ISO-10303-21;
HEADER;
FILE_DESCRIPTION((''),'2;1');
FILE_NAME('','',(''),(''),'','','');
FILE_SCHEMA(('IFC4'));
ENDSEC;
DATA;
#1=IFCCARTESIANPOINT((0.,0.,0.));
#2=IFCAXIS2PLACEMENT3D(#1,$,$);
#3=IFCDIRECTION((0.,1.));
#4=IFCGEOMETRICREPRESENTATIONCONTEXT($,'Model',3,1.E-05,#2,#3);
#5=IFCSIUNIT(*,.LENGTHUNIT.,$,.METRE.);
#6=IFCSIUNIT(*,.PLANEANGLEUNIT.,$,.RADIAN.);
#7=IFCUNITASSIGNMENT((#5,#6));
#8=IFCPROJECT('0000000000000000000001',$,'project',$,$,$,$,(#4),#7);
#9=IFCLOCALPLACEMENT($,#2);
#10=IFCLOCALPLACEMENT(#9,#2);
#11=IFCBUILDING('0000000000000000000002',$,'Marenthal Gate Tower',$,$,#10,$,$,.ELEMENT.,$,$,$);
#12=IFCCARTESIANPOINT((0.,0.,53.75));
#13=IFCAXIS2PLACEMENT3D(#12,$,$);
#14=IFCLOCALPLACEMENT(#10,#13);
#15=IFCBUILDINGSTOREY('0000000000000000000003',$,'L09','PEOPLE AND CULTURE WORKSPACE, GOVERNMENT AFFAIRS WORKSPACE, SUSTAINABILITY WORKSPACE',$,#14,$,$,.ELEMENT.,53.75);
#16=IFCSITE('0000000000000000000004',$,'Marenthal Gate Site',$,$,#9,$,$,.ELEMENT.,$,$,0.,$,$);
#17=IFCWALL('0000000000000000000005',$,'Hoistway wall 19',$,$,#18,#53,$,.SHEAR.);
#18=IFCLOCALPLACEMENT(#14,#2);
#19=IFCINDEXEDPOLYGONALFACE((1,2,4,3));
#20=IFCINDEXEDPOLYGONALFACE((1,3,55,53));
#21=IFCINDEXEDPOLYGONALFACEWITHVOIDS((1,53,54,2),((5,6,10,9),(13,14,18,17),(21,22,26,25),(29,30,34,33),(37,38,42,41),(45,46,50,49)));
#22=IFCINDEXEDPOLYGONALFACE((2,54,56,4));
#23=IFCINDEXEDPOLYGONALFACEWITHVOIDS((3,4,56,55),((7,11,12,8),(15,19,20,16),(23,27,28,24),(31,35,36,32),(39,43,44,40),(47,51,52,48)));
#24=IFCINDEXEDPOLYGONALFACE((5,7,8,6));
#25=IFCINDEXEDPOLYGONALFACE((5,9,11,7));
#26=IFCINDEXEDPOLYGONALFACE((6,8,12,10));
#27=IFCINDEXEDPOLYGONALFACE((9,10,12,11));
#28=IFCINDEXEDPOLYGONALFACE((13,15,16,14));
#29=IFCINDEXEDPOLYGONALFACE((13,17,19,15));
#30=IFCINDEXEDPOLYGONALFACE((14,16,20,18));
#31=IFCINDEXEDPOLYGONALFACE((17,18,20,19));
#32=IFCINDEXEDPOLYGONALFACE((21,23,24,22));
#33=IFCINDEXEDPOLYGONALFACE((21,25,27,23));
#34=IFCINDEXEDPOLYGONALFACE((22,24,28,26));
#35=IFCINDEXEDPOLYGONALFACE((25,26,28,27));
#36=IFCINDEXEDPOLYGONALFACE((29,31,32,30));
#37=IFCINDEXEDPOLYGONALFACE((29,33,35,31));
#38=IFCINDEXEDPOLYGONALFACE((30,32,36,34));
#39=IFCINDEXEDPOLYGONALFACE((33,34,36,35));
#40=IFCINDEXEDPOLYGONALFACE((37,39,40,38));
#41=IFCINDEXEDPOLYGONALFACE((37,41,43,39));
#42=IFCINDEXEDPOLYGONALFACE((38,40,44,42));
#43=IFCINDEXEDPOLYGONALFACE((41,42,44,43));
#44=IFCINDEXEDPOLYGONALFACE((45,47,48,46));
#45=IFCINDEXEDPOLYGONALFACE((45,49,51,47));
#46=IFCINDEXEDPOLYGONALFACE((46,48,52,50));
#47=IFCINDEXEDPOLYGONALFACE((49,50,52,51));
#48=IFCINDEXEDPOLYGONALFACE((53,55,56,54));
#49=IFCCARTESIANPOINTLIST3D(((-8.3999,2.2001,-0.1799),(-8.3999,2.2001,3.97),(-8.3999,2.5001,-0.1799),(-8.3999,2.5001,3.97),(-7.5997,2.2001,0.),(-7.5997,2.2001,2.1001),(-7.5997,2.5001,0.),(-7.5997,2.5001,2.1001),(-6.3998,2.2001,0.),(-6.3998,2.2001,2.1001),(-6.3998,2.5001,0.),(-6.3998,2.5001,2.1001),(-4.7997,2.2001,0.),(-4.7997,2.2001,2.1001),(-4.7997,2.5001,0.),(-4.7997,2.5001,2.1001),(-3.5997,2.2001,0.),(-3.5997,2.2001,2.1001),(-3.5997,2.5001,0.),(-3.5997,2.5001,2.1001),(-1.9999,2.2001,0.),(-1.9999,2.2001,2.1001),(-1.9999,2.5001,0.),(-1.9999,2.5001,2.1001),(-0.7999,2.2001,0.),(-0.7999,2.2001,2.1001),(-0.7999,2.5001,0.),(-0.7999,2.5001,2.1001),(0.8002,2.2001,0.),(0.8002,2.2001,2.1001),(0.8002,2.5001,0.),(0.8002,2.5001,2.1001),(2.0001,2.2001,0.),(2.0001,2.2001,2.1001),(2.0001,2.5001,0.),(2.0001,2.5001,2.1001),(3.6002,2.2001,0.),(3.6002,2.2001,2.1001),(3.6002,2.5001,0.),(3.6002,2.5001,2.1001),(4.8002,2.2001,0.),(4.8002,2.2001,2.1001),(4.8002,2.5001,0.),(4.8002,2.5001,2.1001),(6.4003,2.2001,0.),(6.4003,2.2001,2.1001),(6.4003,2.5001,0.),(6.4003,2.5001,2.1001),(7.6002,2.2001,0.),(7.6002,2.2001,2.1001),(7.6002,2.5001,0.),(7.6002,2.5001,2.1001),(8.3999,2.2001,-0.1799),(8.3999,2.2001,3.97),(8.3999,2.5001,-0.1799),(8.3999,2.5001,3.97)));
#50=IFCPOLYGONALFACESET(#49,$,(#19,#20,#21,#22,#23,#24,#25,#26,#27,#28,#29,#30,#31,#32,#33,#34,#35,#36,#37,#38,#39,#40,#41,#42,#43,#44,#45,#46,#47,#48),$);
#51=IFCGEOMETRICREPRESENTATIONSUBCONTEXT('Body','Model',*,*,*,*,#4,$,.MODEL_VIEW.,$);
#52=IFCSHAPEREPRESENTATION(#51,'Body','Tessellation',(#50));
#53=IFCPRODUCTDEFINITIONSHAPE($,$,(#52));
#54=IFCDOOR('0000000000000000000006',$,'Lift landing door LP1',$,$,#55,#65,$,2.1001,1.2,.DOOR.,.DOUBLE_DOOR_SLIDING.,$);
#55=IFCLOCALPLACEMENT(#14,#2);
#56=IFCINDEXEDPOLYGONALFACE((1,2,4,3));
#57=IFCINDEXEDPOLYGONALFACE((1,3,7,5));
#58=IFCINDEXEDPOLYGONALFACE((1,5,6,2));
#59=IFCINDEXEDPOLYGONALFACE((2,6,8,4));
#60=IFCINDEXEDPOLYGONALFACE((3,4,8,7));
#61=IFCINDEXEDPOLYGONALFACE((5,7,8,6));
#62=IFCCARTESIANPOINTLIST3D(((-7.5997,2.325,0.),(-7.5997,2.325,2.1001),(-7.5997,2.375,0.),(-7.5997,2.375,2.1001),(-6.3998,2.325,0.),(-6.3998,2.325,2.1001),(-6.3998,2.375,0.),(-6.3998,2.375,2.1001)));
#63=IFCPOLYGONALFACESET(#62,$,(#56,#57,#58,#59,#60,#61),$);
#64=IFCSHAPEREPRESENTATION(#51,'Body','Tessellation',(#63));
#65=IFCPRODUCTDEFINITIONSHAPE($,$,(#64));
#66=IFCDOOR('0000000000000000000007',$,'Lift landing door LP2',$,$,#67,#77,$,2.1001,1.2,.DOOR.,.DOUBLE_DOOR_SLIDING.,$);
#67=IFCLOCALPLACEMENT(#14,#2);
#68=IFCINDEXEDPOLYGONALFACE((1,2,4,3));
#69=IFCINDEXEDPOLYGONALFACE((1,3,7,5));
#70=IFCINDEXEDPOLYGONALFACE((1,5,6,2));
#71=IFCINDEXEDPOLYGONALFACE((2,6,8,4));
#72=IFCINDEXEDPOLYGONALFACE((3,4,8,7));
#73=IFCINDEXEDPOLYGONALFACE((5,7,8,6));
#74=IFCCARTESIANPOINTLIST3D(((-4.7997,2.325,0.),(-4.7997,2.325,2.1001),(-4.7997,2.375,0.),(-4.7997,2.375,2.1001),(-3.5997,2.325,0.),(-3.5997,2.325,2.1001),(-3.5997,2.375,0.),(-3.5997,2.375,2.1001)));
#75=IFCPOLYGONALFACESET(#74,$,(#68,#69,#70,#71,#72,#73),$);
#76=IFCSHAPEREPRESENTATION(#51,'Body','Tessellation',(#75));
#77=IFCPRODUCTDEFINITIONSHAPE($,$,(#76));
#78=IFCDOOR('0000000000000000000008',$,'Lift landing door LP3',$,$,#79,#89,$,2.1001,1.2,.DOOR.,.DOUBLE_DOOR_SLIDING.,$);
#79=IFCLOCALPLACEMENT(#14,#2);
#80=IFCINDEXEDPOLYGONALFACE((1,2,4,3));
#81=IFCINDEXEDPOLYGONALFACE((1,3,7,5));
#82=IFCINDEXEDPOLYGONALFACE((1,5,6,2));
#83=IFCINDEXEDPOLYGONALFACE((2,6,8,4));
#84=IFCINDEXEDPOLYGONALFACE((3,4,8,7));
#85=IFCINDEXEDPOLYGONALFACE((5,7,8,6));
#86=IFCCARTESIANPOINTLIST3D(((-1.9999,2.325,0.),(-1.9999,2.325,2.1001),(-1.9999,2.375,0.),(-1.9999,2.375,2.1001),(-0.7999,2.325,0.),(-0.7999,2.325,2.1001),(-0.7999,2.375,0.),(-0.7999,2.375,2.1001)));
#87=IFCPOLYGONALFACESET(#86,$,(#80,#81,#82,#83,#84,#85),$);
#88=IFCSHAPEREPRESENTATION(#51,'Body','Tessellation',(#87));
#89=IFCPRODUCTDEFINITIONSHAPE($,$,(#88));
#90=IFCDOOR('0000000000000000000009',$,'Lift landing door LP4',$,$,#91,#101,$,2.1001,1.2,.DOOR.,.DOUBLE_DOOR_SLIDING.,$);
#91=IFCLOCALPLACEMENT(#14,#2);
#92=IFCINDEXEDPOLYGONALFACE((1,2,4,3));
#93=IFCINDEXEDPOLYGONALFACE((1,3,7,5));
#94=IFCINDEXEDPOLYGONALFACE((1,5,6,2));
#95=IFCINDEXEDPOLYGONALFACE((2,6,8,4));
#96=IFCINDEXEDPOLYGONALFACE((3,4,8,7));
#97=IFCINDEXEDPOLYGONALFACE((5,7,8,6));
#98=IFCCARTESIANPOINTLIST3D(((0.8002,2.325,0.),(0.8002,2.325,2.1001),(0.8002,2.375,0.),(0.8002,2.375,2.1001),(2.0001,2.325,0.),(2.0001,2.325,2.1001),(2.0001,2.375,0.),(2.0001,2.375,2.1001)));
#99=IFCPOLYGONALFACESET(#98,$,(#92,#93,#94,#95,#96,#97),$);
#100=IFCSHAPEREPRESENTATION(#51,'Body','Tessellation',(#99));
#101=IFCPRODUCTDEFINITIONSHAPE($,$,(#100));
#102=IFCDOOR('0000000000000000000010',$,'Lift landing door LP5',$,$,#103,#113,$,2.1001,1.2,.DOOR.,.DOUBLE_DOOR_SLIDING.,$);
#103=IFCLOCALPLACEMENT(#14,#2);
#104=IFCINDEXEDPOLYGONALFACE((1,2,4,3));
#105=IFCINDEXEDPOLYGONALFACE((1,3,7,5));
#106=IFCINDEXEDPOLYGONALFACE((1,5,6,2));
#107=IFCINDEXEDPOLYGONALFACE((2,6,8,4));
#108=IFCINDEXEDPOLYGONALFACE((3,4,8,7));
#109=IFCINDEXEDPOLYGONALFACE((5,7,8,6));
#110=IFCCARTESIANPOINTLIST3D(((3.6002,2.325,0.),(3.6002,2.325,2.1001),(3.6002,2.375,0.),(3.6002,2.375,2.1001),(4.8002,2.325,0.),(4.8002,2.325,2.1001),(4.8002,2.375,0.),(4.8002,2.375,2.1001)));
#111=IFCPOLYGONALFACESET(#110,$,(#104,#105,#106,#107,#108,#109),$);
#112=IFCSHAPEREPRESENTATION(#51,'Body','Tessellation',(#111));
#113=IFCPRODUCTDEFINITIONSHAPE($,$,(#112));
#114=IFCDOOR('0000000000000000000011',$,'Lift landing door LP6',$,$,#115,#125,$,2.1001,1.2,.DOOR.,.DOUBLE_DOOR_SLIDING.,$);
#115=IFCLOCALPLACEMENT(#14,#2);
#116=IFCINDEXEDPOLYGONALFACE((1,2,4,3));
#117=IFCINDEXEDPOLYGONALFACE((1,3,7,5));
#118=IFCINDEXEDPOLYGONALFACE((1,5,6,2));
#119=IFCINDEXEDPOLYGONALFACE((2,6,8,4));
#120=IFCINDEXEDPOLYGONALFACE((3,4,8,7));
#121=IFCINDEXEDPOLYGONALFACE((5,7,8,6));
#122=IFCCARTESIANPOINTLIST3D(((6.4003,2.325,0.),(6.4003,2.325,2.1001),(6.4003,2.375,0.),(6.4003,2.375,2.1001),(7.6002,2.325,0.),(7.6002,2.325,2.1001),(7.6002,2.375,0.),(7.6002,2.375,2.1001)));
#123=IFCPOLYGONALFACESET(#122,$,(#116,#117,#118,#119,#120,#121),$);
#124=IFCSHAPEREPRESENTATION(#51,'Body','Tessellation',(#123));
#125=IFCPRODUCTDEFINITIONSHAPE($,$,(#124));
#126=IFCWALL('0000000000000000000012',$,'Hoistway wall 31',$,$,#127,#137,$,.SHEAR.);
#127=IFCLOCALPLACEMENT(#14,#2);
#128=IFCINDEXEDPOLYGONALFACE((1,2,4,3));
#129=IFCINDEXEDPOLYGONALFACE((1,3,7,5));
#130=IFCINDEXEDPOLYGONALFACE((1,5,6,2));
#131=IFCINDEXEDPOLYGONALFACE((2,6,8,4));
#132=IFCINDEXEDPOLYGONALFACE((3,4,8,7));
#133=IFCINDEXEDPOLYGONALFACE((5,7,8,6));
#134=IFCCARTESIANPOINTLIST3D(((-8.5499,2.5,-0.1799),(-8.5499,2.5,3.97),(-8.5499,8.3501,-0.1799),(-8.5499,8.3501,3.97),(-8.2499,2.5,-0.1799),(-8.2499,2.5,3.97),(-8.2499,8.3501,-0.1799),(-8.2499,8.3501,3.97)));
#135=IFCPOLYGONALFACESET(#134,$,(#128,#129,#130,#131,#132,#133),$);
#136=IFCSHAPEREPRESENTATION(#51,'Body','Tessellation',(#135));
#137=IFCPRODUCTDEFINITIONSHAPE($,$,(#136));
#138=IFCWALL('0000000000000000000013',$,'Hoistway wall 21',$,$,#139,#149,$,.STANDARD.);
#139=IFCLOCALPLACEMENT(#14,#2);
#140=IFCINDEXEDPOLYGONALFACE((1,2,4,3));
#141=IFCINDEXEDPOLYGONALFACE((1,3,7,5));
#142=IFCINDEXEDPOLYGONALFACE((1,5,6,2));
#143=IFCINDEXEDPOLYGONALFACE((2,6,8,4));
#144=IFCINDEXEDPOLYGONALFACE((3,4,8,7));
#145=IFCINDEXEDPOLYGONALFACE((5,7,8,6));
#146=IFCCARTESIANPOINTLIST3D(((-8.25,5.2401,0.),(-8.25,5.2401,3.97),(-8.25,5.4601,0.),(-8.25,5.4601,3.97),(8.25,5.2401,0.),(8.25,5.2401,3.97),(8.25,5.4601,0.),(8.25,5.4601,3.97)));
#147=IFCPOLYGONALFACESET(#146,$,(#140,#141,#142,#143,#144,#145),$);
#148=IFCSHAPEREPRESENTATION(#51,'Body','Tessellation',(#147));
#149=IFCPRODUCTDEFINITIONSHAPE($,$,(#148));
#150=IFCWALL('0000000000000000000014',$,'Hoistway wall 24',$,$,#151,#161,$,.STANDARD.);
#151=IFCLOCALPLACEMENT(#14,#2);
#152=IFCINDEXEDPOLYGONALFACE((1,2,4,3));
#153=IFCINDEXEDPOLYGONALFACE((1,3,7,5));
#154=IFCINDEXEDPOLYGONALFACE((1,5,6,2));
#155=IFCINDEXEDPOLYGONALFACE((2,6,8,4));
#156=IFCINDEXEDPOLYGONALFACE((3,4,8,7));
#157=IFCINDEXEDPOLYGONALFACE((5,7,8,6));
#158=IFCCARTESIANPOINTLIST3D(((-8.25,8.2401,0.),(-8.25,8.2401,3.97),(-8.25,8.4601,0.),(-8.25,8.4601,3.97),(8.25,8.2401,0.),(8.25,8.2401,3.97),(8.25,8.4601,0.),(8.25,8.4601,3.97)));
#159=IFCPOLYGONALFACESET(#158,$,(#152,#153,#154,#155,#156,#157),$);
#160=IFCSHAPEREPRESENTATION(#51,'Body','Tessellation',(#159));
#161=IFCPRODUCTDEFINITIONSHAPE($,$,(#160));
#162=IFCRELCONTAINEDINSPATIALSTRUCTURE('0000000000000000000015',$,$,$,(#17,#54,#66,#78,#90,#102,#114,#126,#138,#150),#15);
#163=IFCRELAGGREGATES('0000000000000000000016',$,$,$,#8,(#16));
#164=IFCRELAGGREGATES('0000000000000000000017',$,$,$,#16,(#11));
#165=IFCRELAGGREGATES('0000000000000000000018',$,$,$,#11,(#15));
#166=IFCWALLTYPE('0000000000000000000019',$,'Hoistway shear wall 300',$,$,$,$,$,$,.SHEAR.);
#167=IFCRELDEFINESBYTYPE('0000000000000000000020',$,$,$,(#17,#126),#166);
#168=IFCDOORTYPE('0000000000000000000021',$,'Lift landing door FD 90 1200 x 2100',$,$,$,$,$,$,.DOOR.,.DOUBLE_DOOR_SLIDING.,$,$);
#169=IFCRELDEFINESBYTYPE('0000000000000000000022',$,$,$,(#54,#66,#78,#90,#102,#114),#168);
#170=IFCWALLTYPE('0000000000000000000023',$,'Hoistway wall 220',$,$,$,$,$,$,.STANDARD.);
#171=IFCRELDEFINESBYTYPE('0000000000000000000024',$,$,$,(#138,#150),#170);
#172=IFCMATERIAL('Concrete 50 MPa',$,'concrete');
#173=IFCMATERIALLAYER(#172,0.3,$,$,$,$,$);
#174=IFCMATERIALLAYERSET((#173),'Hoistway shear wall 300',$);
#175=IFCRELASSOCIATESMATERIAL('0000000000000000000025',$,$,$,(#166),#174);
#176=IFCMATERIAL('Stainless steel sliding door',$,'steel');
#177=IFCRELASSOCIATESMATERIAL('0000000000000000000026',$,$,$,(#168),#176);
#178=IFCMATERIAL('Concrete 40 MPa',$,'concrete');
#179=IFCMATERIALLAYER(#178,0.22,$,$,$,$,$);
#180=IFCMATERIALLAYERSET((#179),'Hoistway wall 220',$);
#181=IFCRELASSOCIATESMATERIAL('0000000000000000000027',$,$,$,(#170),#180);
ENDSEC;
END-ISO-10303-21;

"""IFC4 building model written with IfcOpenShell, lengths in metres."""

from ifc_helpers import new_model, si_unit, direction, frame, frame_2d, origin, place, context, subcontext, project, spatial, rectangle, extrude, material, layer, layer_set, type_object, element, fill, save


model = new_model("IFC4")

# Units and contexts
model_context = context("Model", 3, precision=1e-05, world=origin(), true_north=direction((0.0, 1.0)))
body_context = subcontext(model_context, "Body", "Model", "MODEL_VIEW")
ifc_project = project(units=[si_unit("LENGTHUNIT", "METRE"), si_unit("PLANEANGLEUNIT", "RADIAN")], contexts=[model_context])

# Site, building, storey
site_placement = place(None, origin())
site = spatial("IfcSite", under=ifc_project, at=site_placement, Name="Marenthal Gate Site", CompositionType="ELEMENT", RefElevation=0.0)
building_placement = place(site_placement, origin())
building = spatial("IfcBuilding", under=site, at=building_placement, Name="Marenthal Gate Tower", CompositionType="ELEMENT")
storey_placement = place(building_placement, frame((0.0, 0.0, 53.75)))
storey = spatial("IfcBuildingStorey", under=building, at=storey_placement, Name="L09", Description="PEOPLE AND CULTURE WORKSPACE, GOVERNMENT AFFAIRS WORKSPACE, SUSTAINABILITY WORKSPACE", CompositionType="ELEMENT", Elevation=53.75)

# Wall, openings, doors
ifc_material_1 = material(Name="Concrete 50 MPa", Category="concrete")
ifc_layer_1 = layer(ifc_material_1, 0.3)
ifc_layer_set_1 = layer_set([ifc_layer_1], Name="Hoistway shear wall 300")
wall_type_1 = type_object("IfcWallType", Name="Hoistway shear wall 300", PredefinedType="SHEAR", material=ifc_layer_set_1)
wall_1_placement = place(storey_placement, frame((-8.3999, 2.3501, -0.1799), z_axis=(0.0, 0.0, 1.0), x_axis=(1.0, 0.0, 0.0)))
wall_1 = element("IfcWall", 1, at=wall_1_placement, inside=storey, type_object=wall_type_1, Name="Hoistway wall 19", PredefinedType="SHEAR", context=body_context, shape_type="SweptSolid", body=[
    extrude(rectangle(XDim=16.7998, YDim=0.3, at=frame_2d((8.3999, 0.0))), origin(), (0.0, 0.0, 1.0), 4.1499),
])
opening_1_placement = place(wall_1_placement, frame((0.8, 0.0, 0.1799)))
opening_1 = element("IfcOpeningElement", 2, at=opening_1_placement, cuts=wall_1, PredefinedType="OPENING", context=body_context, shape_type="SweptSolid", body=[
    extrude(rectangle(XDim=1.2, YDim=2.1001, at=frame_2d((0.6001, 1.05))), frame((0.0, 0.1602, 0.0), z_axis=(0.0, -1.0, 0.0), x_axis=(1.0, 0.0, 0.0)), (0.0, 0.0, 1.0), 0.3201),
])
opening_2_placement = place(wall_1_placement, frame((3.6001, 0.0, 0.1799)))
opening_2 = element("IfcOpeningElement", 3, at=opening_2_placement, cuts=wall_1, PredefinedType="OPENING", context=body_context, shape_type="SweptSolid", body=[
    extrude(rectangle(XDim=1.2, YDim=2.1001, at=frame_2d((0.6001, 1.05))), frame((0.0, 0.1602, 0.0), z_axis=(0.0, -1.0, 0.0), x_axis=(1.0, 0.0, 0.0)), (0.0, 0.0, 1.0), 0.3201),
])
opening_3_placement = place(wall_1_placement, frame((6.3999, 0.0, 0.1799)))
opening_3 = element("IfcOpeningElement", 4, at=opening_3_placement, cuts=wall_1, PredefinedType="OPENING", context=body_context, shape_type="SweptSolid", body=[
    extrude(rectangle(XDim=1.2, YDim=2.1001, at=frame_2d((0.6001, 1.05))), frame((0.0, 0.1602, 0.0), z_axis=(0.0, -1.0, 0.0), x_axis=(1.0, 0.0, 0.0)), (0.0, 0.0, 1.0), 0.3201),
])
opening_4_placement = place(wall_1_placement, frame((9.2, 0.0, 0.1799)))
opening_4 = element("IfcOpeningElement", 5, at=opening_4_placement, cuts=wall_1, PredefinedType="OPENING", context=body_context, shape_type="SweptSolid", body=[
    extrude(rectangle(XDim=1.2, YDim=2.1001, at=frame_2d((0.6001, 1.05))), frame((0.0, 0.1602, 0.0), z_axis=(0.0, -1.0, 0.0), x_axis=(1.0, 0.0, 0.0)), (0.0, 0.0, 1.0), 0.3201),
])
opening_5_placement = place(wall_1_placement, frame((12.0, 0.0, 0.1799)))
opening_5 = element("IfcOpeningElement", 6, at=opening_5_placement, cuts=wall_1, PredefinedType="OPENING", context=body_context, shape_type="SweptSolid", body=[
    extrude(rectangle(XDim=1.2, YDim=2.1001, at=frame_2d((0.6001, 1.05))), frame((0.0, 0.1602, 0.0), z_axis=(0.0, -1.0, 0.0), x_axis=(1.0, 0.0, 0.0)), (0.0, 0.0, 1.0), 0.3201),
])
opening_6_placement = place(wall_1_placement, frame((14.8, 0.0, 0.1799)))
opening_6 = element("IfcOpeningElement", 7, at=opening_6_placement, cuts=wall_1, PredefinedType="OPENING", context=body_context, shape_type="SweptSolid", body=[
    extrude(rectangle(XDim=1.2, YDim=2.1001, at=frame_2d((0.6001, 1.05))), frame((0.0, 0.1602, 0.0), z_axis=(0.0, -1.0, 0.0), x_axis=(1.0, 0.0, 0.0)), (0.0, 0.0, 1.0), 0.3201),
])
ifc_material_2 = material(Name="Stainless steel sliding door", Category="steel")
door_type_1 = type_object("IfcDoorType", Name="Lift landing door FD 90 1200 x 2100", OperationType="DOUBLE_DOOR_SLIDING", PredefinedType="DOOR", material=ifc_material_2)
door_1_placement = place(opening_1_placement, origin())
door_1 = element("IfcDoor", 8, at=door_1_placement, inside=storey, type_object=door_type_1, Name="Lift landing door LP1", OperationType="DOUBLE_DOOR_SLIDING", OverallHeight=2.1001, OverallWidth=1.2, PredefinedType="DOOR", context=body_context, shape_type="SweptSolid", body=[
    extrude(rectangle(XDim=1.2, YDim=2.1001, at=frame_2d((0.6001, 1.05))), frame((0.0, 0.0249, 0.0), z_axis=(0.0, -1.0, 0.0), x_axis=(1.0, 0.0, 0.0)), (0.0, 0.0, 1.0), 0.05),
])
fill(opening_1, door_1)
door_2_placement = place(opening_2_placement, origin())
door_2 = element("IfcDoor", 9, at=door_2_placement, inside=storey, type_object=door_type_1, Name="Lift landing door LP2", OperationType="DOUBLE_DOOR_SLIDING", OverallHeight=2.1001, OverallWidth=1.2, PredefinedType="DOOR", context=body_context, shape_type="SweptSolid", body=[
    extrude(rectangle(XDim=1.2, YDim=2.1001, at=frame_2d((0.6001, 1.05))), frame((0.0, 0.0249, 0.0), z_axis=(0.0, -1.0, 0.0), x_axis=(1.0, 0.0, 0.0)), (0.0, 0.0, 1.0), 0.05),
])
fill(opening_2, door_2)
door_3_placement = place(opening_3_placement, origin())
door_3 = element("IfcDoor", 10, at=door_3_placement, inside=storey, type_object=door_type_1, Name="Lift landing door LP3", OperationType="DOUBLE_DOOR_SLIDING", OverallHeight=2.1001, OverallWidth=1.2, PredefinedType="DOOR", context=body_context, shape_type="SweptSolid", body=[
    extrude(rectangle(XDim=1.2, YDim=2.1001, at=frame_2d((0.6001, 1.05))), frame((0.0, 0.0249, 0.0), z_axis=(0.0, -1.0, 0.0), x_axis=(1.0, 0.0, 0.0)), (0.0, 0.0, 1.0), 0.05),
])
fill(opening_3, door_3)
door_4_placement = place(opening_4_placement, origin())
door_4 = element("IfcDoor", 11, at=door_4_placement, inside=storey, type_object=door_type_1, Name="Lift landing door LP4", OperationType="DOUBLE_DOOR_SLIDING", OverallHeight=2.1001, OverallWidth=1.2, PredefinedType="DOOR", context=body_context, shape_type="SweptSolid", body=[
    extrude(rectangle(XDim=1.2, YDim=2.1001, at=frame_2d((0.6001, 1.05))), frame((0.0, 0.0249, 0.0), z_axis=(0.0, -1.0, 0.0), x_axis=(1.0, 0.0, 0.0)), (0.0, 0.0, 1.0), 0.05),
])
fill(opening_4, door_4)
door_5_placement = place(opening_5_placement, origin())
door_5 = element("IfcDoor", 12, at=door_5_placement, inside=storey, type_object=door_type_1, Name="Lift landing door LP5", OperationType="DOUBLE_DOOR_SLIDING", OverallHeight=2.1001, OverallWidth=1.2, PredefinedType="DOOR", context=body_context, shape_type="SweptSolid", body=[
    extrude(rectangle(XDim=1.2, YDim=2.1001, at=frame_2d((0.6001, 1.05))), frame((0.0, 0.0249, 0.0), z_axis=(0.0, -1.0, 0.0), x_axis=(1.0, 0.0, 0.0)), (0.0, 0.0, 1.0), 0.05),
])
fill(opening_5, door_5)
door_6_placement = place(opening_6_placement, origin())
door_6 = element("IfcDoor", 13, at=door_6_placement, inside=storey, type_object=door_type_1, Name="Lift landing door LP6", OperationType="DOUBLE_DOOR_SLIDING", OverallHeight=2.1001, OverallWidth=1.2, PredefinedType="DOOR", context=body_context, shape_type="SweptSolid", body=[
    extrude(rectangle(XDim=1.2, YDim=2.1001, at=frame_2d((0.6001, 1.05))), frame((0.0, 0.0249, 0.0), z_axis=(0.0, -1.0, 0.0), x_axis=(1.0, 0.0, 0.0)), (0.0, 0.0, 1.0), 0.05),
])
fill(opening_6, door_6)

# Walls
wall_2_placement = place(storey_placement, frame((-8.3999, 2.5, -0.1799), z_axis=(0.0, 0.0, 1.0), x_axis=(0.0, 1.0, 0.0)))
element("IfcWall", 14, at=wall_2_placement, inside=storey, type_object=wall_type_1, Name="Hoistway wall 31", PredefinedType="SHEAR", context=body_context, shape_type="SweptSolid", body=[
    extrude(rectangle(XDim=5.8501, YDim=0.3, at=frame_2d((2.925, 0.0))), origin(), (0.0, 0.0, 1.0), 4.1499),
])
ifc_material_3 = material(Name="Concrete 40 MPa", Category="concrete")
ifc_layer_2 = layer(ifc_material_3, 0.22)
ifc_layer_set_2 = layer_set([ifc_layer_2], Name="Hoistway wall 220")
wall_type_2 = type_object("IfcWallType", Name="Hoistway wall 220", PredefinedType="STANDARD", material=ifc_layer_set_2)
for number, where, z_axis, x_axis, name in (
    (15, (-8.25, 5.3501, 0.0), (0.0, 0.0, 1.0), (1.0, 0.0, 0.0), "Hoistway wall 21"),
    (16, (-8.25, 8.3501, 0.0), (0.0, 0.0, 1.0), (1.0, 0.0, 0.0), "Hoistway wall 24"),
):
    element("IfcWall", number, at=place(storey_placement, frame(where, z_axis=z_axis, x_axis=x_axis)), inside=storey, type_object=wall_type_2, Name=name, PredefinedType="STANDARD", context=body_context, shape_type="SweptSolid", body=[
        extrude(rectangle(XDim=16.5, YDim=0.22, at=frame_2d((8.25, 0.0))), origin(), (0.0, 0.0, 1.0), 3.97),
    ])

save(model, "model.ifc")
